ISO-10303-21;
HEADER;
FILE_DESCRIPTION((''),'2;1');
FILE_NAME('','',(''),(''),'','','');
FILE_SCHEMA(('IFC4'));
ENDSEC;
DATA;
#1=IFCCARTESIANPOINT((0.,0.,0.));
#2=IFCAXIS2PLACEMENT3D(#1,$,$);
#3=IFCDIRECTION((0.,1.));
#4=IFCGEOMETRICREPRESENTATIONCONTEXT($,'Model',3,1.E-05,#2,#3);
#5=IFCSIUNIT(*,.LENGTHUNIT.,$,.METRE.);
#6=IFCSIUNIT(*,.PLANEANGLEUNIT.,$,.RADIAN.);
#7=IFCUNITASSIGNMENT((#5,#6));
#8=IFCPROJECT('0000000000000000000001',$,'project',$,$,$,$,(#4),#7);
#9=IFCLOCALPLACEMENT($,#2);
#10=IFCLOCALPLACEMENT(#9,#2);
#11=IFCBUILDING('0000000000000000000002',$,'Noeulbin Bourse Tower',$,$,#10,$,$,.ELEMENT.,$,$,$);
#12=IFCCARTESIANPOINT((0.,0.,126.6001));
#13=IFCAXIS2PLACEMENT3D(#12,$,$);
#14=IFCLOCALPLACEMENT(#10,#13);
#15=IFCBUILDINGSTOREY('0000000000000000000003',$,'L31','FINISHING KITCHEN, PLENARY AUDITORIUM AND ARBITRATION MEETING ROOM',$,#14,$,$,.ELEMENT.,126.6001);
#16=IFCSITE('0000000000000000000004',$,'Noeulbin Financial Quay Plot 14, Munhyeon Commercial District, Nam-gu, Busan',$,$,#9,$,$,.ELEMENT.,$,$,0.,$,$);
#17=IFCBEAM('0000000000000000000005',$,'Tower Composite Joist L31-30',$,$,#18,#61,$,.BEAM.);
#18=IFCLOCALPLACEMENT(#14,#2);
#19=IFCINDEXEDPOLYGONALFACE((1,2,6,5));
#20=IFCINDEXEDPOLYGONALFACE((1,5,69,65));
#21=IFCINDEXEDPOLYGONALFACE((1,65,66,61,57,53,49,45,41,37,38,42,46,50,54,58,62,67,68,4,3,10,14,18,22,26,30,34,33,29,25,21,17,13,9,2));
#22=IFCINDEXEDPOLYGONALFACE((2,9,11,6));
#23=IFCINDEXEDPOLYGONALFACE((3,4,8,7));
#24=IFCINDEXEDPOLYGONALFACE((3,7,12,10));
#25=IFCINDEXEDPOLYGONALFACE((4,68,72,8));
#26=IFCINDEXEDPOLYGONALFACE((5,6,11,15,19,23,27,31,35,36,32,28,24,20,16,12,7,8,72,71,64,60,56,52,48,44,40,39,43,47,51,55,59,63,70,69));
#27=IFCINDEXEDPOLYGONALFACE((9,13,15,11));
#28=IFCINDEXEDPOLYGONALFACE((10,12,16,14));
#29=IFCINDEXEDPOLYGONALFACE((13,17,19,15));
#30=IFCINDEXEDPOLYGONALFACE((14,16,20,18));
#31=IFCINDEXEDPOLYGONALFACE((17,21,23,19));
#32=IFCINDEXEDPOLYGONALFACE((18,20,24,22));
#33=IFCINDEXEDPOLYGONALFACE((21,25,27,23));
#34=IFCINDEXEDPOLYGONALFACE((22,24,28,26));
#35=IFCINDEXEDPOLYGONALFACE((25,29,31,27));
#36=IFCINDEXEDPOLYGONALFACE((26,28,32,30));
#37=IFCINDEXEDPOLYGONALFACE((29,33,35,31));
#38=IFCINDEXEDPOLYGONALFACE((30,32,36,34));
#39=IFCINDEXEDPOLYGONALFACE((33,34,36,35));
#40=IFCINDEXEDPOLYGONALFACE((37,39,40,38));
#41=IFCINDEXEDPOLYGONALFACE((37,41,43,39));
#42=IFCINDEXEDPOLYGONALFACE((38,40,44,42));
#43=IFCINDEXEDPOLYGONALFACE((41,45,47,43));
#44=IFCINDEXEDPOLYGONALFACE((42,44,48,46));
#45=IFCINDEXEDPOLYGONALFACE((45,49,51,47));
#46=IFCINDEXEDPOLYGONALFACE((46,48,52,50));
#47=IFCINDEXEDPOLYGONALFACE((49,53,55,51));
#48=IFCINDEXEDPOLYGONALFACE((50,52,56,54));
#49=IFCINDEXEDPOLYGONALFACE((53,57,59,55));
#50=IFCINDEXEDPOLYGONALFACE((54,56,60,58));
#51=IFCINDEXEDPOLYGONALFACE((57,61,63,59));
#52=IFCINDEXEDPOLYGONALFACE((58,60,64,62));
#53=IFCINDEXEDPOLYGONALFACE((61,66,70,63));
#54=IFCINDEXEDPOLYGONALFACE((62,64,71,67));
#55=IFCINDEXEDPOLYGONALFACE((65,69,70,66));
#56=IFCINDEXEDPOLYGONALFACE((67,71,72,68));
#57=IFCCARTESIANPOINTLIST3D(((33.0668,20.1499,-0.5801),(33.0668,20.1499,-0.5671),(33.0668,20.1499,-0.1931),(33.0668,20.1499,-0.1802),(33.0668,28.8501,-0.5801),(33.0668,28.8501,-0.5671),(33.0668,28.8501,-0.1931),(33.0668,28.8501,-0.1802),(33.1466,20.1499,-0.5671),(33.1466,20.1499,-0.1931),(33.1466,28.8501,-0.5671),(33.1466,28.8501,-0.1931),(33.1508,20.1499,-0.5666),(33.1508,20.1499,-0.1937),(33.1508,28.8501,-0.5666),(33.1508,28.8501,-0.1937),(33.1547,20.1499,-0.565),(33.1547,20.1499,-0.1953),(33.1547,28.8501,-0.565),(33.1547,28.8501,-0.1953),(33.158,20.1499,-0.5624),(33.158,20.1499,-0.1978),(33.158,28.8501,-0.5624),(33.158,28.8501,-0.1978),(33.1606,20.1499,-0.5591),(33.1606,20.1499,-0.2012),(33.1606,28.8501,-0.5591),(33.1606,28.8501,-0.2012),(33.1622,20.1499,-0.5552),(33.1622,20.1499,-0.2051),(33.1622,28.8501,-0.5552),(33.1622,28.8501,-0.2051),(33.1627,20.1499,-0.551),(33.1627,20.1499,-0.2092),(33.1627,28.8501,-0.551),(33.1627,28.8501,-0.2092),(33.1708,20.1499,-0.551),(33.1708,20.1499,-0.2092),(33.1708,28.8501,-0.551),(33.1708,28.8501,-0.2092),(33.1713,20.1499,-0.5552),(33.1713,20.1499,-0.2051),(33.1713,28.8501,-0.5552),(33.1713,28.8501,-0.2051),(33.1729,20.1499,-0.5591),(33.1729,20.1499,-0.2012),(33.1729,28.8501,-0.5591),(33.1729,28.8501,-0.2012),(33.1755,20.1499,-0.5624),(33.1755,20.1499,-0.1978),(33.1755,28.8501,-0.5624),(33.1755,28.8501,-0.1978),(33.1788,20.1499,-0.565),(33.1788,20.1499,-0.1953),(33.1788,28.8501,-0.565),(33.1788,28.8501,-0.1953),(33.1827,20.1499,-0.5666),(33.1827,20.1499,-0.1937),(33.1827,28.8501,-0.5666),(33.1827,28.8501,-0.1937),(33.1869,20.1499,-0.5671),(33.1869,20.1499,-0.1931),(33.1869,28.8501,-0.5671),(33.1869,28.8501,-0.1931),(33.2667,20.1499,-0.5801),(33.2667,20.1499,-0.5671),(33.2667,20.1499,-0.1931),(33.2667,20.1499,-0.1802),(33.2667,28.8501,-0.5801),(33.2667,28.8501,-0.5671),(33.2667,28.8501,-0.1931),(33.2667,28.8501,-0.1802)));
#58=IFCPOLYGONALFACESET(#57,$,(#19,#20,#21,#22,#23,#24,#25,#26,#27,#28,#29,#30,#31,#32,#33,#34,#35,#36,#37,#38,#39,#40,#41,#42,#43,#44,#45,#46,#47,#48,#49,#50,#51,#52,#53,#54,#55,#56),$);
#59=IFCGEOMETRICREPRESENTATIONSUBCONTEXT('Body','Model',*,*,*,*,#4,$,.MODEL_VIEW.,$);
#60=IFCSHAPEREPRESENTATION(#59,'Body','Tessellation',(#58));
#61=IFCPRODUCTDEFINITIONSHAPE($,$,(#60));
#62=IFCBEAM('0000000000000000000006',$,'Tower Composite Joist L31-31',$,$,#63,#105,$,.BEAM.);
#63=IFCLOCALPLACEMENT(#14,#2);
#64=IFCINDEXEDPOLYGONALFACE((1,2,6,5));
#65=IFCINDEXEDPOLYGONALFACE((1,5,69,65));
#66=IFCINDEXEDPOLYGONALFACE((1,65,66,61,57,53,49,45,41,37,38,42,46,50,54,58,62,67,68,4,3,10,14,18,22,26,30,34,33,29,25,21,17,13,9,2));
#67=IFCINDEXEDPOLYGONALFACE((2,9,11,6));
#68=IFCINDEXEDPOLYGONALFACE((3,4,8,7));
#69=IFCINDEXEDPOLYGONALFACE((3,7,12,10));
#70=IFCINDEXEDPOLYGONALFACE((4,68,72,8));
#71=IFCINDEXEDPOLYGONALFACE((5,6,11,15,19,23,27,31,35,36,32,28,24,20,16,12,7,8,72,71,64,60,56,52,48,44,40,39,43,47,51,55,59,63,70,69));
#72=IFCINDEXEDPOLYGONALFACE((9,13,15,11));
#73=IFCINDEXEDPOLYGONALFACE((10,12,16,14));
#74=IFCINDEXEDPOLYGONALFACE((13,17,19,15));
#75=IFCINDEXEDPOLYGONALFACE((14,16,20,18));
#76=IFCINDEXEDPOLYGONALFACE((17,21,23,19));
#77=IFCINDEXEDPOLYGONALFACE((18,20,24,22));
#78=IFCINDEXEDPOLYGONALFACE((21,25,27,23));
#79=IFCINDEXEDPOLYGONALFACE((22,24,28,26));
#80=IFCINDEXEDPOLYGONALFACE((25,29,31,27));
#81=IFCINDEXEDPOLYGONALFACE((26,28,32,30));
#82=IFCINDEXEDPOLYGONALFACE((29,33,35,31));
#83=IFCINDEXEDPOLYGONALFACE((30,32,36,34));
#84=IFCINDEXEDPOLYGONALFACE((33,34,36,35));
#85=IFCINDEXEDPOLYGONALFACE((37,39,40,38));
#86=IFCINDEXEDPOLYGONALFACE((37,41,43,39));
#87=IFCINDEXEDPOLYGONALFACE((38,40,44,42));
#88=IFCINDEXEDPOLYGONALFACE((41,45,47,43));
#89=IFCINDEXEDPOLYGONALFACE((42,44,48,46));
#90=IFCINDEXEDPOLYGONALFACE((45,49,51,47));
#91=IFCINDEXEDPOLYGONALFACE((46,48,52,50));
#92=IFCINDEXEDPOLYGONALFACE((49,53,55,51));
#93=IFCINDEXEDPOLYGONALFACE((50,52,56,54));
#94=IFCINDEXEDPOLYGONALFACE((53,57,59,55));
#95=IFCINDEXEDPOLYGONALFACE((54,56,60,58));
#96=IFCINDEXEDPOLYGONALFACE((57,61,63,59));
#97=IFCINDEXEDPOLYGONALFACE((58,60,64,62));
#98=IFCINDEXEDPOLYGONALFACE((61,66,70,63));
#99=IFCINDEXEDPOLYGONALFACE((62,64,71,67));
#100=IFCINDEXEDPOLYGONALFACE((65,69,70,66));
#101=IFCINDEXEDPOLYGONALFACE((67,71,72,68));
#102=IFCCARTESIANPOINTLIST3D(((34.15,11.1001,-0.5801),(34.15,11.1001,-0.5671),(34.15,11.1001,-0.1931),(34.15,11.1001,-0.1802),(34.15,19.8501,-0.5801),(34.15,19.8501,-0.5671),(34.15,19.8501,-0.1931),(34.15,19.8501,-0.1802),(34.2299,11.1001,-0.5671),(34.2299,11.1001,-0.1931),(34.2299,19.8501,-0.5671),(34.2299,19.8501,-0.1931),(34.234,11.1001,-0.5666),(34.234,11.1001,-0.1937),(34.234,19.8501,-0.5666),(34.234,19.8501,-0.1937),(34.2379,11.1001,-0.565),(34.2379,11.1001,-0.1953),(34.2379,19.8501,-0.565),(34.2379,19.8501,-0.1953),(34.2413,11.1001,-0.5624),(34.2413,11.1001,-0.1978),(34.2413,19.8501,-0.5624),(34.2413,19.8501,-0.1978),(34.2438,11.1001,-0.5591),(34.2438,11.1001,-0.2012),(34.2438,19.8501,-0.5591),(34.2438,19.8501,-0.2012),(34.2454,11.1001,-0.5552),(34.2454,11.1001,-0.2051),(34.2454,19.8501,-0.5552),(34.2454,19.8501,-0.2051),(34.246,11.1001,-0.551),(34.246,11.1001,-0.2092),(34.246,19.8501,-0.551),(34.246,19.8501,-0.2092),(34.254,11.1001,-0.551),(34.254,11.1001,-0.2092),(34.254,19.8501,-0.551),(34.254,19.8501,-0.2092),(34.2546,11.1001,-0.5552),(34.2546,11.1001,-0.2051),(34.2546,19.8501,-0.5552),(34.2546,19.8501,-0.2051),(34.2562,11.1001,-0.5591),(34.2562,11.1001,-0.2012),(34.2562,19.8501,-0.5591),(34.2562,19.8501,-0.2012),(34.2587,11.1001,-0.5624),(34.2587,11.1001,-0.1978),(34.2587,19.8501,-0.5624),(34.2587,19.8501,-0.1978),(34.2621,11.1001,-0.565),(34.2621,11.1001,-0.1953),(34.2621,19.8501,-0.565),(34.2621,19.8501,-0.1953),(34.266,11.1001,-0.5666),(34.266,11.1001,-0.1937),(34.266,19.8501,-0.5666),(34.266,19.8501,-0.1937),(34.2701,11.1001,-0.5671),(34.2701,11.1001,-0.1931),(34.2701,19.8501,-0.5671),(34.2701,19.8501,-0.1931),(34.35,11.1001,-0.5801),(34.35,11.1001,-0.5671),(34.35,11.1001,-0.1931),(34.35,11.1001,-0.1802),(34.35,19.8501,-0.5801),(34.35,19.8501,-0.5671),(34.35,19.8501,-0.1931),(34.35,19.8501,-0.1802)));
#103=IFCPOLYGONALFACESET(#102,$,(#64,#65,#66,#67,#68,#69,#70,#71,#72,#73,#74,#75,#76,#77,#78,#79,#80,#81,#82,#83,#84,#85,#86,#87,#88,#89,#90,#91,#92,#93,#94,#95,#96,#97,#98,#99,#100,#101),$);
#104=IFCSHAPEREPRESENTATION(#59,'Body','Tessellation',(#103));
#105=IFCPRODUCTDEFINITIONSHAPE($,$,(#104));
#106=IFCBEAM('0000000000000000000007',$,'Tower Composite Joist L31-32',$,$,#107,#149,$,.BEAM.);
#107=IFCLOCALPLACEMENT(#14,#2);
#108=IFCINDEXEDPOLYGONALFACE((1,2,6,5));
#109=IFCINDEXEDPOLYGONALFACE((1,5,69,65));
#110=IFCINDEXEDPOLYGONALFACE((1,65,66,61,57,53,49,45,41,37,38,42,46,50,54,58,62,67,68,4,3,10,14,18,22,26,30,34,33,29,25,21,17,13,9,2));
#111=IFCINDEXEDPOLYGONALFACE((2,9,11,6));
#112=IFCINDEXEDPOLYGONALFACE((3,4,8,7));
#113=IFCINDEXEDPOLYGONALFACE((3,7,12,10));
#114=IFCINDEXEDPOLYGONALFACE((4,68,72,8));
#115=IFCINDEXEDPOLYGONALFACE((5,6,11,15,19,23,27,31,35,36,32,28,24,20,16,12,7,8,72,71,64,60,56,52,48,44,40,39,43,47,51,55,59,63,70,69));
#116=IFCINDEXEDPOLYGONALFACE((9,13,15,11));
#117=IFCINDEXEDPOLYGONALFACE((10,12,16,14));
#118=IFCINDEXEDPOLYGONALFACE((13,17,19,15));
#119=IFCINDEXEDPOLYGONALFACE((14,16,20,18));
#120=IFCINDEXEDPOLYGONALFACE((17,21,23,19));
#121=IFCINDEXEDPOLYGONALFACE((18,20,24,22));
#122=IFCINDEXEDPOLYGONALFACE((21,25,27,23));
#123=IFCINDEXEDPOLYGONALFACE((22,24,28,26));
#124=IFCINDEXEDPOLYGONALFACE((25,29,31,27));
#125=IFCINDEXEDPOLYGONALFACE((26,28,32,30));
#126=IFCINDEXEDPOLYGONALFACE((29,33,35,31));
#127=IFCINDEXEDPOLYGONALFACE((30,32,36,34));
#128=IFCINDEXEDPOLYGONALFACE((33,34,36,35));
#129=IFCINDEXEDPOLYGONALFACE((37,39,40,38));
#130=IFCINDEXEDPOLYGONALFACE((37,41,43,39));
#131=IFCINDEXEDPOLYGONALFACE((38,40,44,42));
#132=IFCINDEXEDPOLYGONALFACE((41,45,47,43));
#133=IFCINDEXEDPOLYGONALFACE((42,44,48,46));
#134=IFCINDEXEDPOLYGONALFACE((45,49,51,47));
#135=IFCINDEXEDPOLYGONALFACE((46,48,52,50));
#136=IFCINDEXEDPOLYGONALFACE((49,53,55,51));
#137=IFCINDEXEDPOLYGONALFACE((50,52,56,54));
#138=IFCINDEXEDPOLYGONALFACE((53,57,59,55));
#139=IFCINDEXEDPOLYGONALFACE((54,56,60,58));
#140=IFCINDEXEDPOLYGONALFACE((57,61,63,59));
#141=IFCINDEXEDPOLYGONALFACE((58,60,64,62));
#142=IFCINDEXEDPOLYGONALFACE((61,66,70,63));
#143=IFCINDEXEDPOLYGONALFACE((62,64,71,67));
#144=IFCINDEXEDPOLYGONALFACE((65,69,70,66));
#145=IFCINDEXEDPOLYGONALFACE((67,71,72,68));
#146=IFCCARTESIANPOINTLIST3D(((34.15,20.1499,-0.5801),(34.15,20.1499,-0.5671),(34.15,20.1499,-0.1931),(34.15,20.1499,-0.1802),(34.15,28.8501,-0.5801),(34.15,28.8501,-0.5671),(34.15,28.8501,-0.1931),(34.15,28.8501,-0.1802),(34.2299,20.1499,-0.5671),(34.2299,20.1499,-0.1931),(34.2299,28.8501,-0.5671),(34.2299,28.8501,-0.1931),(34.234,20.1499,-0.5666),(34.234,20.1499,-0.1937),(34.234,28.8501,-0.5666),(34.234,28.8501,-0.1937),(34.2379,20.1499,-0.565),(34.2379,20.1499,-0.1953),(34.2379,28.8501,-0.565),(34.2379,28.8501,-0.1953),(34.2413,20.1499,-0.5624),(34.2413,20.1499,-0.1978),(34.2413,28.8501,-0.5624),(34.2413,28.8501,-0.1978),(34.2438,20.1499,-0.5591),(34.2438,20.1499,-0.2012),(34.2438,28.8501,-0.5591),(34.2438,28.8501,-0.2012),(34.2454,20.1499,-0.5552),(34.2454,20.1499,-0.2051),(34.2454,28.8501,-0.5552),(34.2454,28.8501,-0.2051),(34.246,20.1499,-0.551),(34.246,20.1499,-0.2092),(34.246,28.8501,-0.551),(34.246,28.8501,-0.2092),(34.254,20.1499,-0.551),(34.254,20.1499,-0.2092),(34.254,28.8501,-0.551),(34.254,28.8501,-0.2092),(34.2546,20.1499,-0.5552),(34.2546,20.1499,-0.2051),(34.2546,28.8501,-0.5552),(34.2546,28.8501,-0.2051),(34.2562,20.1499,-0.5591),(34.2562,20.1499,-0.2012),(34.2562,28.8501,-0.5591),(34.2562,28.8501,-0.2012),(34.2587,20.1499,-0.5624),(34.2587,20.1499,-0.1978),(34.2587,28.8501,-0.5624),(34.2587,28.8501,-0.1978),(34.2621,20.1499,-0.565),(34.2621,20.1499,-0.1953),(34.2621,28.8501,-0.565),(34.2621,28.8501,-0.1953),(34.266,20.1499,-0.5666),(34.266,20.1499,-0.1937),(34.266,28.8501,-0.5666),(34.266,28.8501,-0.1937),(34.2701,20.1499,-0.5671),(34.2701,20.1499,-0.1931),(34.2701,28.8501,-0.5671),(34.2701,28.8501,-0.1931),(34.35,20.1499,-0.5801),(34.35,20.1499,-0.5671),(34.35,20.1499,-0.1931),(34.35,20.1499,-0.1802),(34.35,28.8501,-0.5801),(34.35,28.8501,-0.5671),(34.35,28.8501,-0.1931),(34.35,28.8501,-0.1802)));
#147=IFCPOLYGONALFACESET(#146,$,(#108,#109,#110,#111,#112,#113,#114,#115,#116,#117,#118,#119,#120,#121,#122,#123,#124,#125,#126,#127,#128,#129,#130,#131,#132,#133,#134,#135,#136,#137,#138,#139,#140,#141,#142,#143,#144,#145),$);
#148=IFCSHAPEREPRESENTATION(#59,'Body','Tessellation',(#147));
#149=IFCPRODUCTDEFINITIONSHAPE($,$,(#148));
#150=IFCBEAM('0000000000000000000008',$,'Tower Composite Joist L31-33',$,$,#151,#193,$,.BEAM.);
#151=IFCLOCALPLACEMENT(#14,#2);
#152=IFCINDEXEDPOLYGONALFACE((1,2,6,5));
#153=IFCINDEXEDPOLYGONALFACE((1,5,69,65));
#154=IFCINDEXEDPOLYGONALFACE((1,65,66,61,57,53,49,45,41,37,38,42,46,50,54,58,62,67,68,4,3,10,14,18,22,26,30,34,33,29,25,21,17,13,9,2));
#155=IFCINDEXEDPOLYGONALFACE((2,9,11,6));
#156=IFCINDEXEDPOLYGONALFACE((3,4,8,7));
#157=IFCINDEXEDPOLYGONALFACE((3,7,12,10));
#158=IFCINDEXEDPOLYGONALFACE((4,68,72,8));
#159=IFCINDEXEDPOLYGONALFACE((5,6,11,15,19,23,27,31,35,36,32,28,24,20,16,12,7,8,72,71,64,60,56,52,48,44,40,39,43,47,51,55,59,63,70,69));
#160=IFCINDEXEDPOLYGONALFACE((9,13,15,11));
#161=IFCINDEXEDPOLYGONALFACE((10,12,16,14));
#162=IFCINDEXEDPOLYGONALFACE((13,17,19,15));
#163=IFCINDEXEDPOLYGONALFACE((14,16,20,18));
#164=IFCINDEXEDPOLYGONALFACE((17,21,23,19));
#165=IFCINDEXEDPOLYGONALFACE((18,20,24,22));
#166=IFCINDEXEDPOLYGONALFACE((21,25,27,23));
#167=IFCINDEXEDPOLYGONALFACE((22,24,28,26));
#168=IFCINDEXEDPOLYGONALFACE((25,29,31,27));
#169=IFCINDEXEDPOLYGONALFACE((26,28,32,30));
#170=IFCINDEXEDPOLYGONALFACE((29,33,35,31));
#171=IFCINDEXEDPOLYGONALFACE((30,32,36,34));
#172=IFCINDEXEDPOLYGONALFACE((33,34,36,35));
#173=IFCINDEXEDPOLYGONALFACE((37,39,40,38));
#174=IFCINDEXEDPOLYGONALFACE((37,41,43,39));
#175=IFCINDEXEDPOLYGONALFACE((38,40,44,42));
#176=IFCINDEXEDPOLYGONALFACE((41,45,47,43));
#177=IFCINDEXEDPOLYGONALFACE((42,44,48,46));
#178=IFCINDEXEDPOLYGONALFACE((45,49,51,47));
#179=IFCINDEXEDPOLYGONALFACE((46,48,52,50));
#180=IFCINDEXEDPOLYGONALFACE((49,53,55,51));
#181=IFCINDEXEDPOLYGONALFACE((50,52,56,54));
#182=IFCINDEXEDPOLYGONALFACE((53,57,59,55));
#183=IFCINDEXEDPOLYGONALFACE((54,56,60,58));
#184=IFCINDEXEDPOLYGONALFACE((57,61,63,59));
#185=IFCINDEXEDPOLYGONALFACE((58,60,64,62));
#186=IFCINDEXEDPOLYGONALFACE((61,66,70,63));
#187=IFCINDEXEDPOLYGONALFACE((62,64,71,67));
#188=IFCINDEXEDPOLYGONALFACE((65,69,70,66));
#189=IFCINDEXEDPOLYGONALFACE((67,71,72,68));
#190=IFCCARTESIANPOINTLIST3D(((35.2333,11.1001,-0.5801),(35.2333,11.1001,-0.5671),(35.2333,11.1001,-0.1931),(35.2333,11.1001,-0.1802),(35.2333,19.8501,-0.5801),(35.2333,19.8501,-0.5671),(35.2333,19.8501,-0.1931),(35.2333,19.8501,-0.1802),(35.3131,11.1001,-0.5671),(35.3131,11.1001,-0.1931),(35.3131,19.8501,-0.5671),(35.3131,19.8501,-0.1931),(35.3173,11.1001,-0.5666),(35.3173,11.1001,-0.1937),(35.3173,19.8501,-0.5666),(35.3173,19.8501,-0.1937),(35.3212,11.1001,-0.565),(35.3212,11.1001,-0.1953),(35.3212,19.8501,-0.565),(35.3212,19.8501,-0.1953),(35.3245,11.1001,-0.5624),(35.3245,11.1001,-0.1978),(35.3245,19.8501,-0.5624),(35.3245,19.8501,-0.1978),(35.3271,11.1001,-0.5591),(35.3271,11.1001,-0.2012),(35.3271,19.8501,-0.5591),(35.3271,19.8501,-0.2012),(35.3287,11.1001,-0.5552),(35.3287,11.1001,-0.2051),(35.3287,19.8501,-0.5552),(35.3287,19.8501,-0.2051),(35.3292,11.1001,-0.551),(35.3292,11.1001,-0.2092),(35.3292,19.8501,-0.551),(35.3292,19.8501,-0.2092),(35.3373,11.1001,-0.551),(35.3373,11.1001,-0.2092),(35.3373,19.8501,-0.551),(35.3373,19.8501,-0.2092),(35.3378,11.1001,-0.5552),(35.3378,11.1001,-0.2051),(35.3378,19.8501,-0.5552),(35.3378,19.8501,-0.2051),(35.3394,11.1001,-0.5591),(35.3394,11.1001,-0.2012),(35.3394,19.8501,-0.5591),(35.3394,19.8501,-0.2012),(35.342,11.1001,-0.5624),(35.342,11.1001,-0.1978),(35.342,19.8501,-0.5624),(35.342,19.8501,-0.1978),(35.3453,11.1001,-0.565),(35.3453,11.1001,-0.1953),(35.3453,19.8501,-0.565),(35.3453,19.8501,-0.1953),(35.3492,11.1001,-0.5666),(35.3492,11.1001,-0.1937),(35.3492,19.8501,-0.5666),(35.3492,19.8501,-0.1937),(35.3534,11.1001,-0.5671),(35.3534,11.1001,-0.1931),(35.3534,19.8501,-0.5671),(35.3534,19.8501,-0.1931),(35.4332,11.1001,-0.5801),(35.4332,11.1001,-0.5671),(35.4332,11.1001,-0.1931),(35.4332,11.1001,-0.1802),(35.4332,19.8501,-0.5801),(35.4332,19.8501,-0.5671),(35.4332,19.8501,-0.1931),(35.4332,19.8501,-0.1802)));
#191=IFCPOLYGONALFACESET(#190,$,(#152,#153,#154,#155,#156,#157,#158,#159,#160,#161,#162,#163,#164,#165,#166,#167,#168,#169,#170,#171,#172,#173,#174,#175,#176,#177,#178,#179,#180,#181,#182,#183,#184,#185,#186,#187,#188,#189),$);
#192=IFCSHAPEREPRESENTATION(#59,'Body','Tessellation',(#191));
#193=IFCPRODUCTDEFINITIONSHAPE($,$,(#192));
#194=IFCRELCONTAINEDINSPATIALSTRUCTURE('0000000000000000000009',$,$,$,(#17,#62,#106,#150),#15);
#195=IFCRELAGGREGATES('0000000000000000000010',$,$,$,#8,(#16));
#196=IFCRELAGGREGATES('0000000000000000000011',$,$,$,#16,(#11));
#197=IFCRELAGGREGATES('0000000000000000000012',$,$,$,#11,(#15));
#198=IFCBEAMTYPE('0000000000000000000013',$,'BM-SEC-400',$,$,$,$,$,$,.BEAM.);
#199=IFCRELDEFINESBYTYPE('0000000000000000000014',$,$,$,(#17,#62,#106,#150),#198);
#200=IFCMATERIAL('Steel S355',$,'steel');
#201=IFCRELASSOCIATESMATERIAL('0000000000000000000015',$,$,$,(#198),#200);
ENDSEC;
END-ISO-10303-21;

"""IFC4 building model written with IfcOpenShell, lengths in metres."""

from ifc_helpers import new_model, si_unit, direction, frame, origin, origin_2d, place, context, subcontext, project, spatial, i_section, extrude, material, material_profile, profile_set, type_object, element, save


model = new_model("IFC4")

# Units and contexts
model_context = context("Model", 3, precision=1e-05, world=origin(), true_north=direction((0.0, 1.0)))
body_context = subcontext(model_context, "Body", "Model", "MODEL_VIEW")
ifc_project = project(units=[si_unit("LENGTHUNIT", "METRE"), si_unit("PLANEANGLEUNIT", "RADIAN")], contexts=[model_context])

# Site, building, storey
site_placement = place(None, origin())
site = spatial("IfcSite", under=ifc_project, at=site_placement, Name="Noeulbin Financial Quay Plot 14, Munhyeon Commercial District, Nam-gu, Busan", CompositionType="ELEMENT", RefElevation=0.0)
building_placement = place(site_placement, origin())
building = spatial("IfcBuilding", under=site, at=building_placement, Name="Noeulbin Bourse Tower", CompositionType="ELEMENT")
storey_placement = place(building_placement, frame((0.0, 0.0, 126.6001)))
storey = spatial("IfcBuildingStorey", under=building, at=storey_placement, Name="L31", Description="FINISHING KITCHEN, PLENARY AUDITORIUM AND ARBITRATION MEETING ROOM", CompositionType="ELEMENT", Elevation=126.6001)

# Shared definitions
ifc_material_1 = material(Name="Steel S355", Category="steel")

# Beams
ifc_material_profile_1 = material_profile(ifc_material_1, i_section(OverallWidth=0.2, OverallDepth=0.3999, WebThickness=0.0081, FlangeThickness=0.0129, FilletRadius=0.0161, at=origin_2d()), Name="H-400x200x8x13", Category="LoadBearing")
ifc_profile_set_1 = profile_set([ifc_material_profile_1], Name="Steel S355")
beam_type_1 = type_object("IfcBeamType", Name="BM-SEC-400", PredefinedType="BEAM", material=ifc_profile_set_1)
beam_1_placement = place(storey_placement, frame((33.1667, 20.1499, -0.3801), z_axis=(0.0, 1.0, 0.0), x_axis=(-1.0, 0.0, 0.0)))
element("IfcBeam", 1, at=beam_1_placement, inside=storey, type_object=beam_type_1, Name="Tower Composite Joist L31-30", PredefinedType="BEAM", context=body_context, shape_type="SweptSolid", body=[
    extrude(i_section(OverallWidth=0.2, OverallDepth=0.3999, WebThickness=0.0081, FlangeThickness=0.0129, FilletRadius=0.0161, at=origin_2d()), origin(), (0.0, 0.0, 1.0), 8.7002),
])
beam_2_placement = place(storey_placement, frame((34.25, 11.1001, -0.3801), z_axis=(0.0, 1.0, 0.0), x_axis=(-1.0, 0.0, 0.0)))
element("IfcBeam", 2, at=beam_2_placement, inside=storey, type_object=beam_type_1, Name="Tower Composite Joist L31-31", PredefinedType="BEAM", context=body_context, shape_type="SweptSolid", body=[
    extrude(i_section(OverallWidth=0.2, OverallDepth=0.3999, WebThickness=0.0081, FlangeThickness=0.0129, FilletRadius=0.0161, at=origin_2d()), origin(), (0.0, 0.0, 1.0), 8.75),
])
beam_3_placement = place(storey_placement, frame((34.25, 20.1499, -0.3801), z_axis=(0.0, 1.0, 0.0), x_axis=(-1.0, 0.0, 0.0)))
element("IfcBeam", 3, at=beam_3_placement, inside=storey, type_object=beam_type_1, Name="Tower Composite Joist L31-32", PredefinedType="BEAM", context=body_context, shape_type="SweptSolid", body=[
    extrude(i_section(OverallWidth=0.2, OverallDepth=0.3999, WebThickness=0.0081, FlangeThickness=0.0129, FilletRadius=0.0161, at=origin_2d()), origin(), (0.0, 0.0, 1.0), 8.7002),
])
for number, where, z_axis, x_axis, name in (
    (4, (35.3333, 11.1001, -0.3801), (0.0, 1.0, 0.0), (-1.0, 0.0, 0.0), "Tower Composite Joist L31-33"),
):
    element("IfcBeam", number, at=place(storey_placement, frame(where, z_axis=z_axis, x_axis=x_axis)), inside=storey, type_object=beam_type_1, Name=name, PredefinedType="BEAM", context=body_context, shape_type="SweptSolid", body=[
        extrude(i_section(OverallWidth=0.2, OverallDepth=0.3999, WebThickness=0.0081, FlangeThickness=0.0129, FilletRadius=0.0161, at=origin_2d()), origin(), (0.0, 0.0, 1.0), 8.75),
    ])

save(model, "model.ifc")
